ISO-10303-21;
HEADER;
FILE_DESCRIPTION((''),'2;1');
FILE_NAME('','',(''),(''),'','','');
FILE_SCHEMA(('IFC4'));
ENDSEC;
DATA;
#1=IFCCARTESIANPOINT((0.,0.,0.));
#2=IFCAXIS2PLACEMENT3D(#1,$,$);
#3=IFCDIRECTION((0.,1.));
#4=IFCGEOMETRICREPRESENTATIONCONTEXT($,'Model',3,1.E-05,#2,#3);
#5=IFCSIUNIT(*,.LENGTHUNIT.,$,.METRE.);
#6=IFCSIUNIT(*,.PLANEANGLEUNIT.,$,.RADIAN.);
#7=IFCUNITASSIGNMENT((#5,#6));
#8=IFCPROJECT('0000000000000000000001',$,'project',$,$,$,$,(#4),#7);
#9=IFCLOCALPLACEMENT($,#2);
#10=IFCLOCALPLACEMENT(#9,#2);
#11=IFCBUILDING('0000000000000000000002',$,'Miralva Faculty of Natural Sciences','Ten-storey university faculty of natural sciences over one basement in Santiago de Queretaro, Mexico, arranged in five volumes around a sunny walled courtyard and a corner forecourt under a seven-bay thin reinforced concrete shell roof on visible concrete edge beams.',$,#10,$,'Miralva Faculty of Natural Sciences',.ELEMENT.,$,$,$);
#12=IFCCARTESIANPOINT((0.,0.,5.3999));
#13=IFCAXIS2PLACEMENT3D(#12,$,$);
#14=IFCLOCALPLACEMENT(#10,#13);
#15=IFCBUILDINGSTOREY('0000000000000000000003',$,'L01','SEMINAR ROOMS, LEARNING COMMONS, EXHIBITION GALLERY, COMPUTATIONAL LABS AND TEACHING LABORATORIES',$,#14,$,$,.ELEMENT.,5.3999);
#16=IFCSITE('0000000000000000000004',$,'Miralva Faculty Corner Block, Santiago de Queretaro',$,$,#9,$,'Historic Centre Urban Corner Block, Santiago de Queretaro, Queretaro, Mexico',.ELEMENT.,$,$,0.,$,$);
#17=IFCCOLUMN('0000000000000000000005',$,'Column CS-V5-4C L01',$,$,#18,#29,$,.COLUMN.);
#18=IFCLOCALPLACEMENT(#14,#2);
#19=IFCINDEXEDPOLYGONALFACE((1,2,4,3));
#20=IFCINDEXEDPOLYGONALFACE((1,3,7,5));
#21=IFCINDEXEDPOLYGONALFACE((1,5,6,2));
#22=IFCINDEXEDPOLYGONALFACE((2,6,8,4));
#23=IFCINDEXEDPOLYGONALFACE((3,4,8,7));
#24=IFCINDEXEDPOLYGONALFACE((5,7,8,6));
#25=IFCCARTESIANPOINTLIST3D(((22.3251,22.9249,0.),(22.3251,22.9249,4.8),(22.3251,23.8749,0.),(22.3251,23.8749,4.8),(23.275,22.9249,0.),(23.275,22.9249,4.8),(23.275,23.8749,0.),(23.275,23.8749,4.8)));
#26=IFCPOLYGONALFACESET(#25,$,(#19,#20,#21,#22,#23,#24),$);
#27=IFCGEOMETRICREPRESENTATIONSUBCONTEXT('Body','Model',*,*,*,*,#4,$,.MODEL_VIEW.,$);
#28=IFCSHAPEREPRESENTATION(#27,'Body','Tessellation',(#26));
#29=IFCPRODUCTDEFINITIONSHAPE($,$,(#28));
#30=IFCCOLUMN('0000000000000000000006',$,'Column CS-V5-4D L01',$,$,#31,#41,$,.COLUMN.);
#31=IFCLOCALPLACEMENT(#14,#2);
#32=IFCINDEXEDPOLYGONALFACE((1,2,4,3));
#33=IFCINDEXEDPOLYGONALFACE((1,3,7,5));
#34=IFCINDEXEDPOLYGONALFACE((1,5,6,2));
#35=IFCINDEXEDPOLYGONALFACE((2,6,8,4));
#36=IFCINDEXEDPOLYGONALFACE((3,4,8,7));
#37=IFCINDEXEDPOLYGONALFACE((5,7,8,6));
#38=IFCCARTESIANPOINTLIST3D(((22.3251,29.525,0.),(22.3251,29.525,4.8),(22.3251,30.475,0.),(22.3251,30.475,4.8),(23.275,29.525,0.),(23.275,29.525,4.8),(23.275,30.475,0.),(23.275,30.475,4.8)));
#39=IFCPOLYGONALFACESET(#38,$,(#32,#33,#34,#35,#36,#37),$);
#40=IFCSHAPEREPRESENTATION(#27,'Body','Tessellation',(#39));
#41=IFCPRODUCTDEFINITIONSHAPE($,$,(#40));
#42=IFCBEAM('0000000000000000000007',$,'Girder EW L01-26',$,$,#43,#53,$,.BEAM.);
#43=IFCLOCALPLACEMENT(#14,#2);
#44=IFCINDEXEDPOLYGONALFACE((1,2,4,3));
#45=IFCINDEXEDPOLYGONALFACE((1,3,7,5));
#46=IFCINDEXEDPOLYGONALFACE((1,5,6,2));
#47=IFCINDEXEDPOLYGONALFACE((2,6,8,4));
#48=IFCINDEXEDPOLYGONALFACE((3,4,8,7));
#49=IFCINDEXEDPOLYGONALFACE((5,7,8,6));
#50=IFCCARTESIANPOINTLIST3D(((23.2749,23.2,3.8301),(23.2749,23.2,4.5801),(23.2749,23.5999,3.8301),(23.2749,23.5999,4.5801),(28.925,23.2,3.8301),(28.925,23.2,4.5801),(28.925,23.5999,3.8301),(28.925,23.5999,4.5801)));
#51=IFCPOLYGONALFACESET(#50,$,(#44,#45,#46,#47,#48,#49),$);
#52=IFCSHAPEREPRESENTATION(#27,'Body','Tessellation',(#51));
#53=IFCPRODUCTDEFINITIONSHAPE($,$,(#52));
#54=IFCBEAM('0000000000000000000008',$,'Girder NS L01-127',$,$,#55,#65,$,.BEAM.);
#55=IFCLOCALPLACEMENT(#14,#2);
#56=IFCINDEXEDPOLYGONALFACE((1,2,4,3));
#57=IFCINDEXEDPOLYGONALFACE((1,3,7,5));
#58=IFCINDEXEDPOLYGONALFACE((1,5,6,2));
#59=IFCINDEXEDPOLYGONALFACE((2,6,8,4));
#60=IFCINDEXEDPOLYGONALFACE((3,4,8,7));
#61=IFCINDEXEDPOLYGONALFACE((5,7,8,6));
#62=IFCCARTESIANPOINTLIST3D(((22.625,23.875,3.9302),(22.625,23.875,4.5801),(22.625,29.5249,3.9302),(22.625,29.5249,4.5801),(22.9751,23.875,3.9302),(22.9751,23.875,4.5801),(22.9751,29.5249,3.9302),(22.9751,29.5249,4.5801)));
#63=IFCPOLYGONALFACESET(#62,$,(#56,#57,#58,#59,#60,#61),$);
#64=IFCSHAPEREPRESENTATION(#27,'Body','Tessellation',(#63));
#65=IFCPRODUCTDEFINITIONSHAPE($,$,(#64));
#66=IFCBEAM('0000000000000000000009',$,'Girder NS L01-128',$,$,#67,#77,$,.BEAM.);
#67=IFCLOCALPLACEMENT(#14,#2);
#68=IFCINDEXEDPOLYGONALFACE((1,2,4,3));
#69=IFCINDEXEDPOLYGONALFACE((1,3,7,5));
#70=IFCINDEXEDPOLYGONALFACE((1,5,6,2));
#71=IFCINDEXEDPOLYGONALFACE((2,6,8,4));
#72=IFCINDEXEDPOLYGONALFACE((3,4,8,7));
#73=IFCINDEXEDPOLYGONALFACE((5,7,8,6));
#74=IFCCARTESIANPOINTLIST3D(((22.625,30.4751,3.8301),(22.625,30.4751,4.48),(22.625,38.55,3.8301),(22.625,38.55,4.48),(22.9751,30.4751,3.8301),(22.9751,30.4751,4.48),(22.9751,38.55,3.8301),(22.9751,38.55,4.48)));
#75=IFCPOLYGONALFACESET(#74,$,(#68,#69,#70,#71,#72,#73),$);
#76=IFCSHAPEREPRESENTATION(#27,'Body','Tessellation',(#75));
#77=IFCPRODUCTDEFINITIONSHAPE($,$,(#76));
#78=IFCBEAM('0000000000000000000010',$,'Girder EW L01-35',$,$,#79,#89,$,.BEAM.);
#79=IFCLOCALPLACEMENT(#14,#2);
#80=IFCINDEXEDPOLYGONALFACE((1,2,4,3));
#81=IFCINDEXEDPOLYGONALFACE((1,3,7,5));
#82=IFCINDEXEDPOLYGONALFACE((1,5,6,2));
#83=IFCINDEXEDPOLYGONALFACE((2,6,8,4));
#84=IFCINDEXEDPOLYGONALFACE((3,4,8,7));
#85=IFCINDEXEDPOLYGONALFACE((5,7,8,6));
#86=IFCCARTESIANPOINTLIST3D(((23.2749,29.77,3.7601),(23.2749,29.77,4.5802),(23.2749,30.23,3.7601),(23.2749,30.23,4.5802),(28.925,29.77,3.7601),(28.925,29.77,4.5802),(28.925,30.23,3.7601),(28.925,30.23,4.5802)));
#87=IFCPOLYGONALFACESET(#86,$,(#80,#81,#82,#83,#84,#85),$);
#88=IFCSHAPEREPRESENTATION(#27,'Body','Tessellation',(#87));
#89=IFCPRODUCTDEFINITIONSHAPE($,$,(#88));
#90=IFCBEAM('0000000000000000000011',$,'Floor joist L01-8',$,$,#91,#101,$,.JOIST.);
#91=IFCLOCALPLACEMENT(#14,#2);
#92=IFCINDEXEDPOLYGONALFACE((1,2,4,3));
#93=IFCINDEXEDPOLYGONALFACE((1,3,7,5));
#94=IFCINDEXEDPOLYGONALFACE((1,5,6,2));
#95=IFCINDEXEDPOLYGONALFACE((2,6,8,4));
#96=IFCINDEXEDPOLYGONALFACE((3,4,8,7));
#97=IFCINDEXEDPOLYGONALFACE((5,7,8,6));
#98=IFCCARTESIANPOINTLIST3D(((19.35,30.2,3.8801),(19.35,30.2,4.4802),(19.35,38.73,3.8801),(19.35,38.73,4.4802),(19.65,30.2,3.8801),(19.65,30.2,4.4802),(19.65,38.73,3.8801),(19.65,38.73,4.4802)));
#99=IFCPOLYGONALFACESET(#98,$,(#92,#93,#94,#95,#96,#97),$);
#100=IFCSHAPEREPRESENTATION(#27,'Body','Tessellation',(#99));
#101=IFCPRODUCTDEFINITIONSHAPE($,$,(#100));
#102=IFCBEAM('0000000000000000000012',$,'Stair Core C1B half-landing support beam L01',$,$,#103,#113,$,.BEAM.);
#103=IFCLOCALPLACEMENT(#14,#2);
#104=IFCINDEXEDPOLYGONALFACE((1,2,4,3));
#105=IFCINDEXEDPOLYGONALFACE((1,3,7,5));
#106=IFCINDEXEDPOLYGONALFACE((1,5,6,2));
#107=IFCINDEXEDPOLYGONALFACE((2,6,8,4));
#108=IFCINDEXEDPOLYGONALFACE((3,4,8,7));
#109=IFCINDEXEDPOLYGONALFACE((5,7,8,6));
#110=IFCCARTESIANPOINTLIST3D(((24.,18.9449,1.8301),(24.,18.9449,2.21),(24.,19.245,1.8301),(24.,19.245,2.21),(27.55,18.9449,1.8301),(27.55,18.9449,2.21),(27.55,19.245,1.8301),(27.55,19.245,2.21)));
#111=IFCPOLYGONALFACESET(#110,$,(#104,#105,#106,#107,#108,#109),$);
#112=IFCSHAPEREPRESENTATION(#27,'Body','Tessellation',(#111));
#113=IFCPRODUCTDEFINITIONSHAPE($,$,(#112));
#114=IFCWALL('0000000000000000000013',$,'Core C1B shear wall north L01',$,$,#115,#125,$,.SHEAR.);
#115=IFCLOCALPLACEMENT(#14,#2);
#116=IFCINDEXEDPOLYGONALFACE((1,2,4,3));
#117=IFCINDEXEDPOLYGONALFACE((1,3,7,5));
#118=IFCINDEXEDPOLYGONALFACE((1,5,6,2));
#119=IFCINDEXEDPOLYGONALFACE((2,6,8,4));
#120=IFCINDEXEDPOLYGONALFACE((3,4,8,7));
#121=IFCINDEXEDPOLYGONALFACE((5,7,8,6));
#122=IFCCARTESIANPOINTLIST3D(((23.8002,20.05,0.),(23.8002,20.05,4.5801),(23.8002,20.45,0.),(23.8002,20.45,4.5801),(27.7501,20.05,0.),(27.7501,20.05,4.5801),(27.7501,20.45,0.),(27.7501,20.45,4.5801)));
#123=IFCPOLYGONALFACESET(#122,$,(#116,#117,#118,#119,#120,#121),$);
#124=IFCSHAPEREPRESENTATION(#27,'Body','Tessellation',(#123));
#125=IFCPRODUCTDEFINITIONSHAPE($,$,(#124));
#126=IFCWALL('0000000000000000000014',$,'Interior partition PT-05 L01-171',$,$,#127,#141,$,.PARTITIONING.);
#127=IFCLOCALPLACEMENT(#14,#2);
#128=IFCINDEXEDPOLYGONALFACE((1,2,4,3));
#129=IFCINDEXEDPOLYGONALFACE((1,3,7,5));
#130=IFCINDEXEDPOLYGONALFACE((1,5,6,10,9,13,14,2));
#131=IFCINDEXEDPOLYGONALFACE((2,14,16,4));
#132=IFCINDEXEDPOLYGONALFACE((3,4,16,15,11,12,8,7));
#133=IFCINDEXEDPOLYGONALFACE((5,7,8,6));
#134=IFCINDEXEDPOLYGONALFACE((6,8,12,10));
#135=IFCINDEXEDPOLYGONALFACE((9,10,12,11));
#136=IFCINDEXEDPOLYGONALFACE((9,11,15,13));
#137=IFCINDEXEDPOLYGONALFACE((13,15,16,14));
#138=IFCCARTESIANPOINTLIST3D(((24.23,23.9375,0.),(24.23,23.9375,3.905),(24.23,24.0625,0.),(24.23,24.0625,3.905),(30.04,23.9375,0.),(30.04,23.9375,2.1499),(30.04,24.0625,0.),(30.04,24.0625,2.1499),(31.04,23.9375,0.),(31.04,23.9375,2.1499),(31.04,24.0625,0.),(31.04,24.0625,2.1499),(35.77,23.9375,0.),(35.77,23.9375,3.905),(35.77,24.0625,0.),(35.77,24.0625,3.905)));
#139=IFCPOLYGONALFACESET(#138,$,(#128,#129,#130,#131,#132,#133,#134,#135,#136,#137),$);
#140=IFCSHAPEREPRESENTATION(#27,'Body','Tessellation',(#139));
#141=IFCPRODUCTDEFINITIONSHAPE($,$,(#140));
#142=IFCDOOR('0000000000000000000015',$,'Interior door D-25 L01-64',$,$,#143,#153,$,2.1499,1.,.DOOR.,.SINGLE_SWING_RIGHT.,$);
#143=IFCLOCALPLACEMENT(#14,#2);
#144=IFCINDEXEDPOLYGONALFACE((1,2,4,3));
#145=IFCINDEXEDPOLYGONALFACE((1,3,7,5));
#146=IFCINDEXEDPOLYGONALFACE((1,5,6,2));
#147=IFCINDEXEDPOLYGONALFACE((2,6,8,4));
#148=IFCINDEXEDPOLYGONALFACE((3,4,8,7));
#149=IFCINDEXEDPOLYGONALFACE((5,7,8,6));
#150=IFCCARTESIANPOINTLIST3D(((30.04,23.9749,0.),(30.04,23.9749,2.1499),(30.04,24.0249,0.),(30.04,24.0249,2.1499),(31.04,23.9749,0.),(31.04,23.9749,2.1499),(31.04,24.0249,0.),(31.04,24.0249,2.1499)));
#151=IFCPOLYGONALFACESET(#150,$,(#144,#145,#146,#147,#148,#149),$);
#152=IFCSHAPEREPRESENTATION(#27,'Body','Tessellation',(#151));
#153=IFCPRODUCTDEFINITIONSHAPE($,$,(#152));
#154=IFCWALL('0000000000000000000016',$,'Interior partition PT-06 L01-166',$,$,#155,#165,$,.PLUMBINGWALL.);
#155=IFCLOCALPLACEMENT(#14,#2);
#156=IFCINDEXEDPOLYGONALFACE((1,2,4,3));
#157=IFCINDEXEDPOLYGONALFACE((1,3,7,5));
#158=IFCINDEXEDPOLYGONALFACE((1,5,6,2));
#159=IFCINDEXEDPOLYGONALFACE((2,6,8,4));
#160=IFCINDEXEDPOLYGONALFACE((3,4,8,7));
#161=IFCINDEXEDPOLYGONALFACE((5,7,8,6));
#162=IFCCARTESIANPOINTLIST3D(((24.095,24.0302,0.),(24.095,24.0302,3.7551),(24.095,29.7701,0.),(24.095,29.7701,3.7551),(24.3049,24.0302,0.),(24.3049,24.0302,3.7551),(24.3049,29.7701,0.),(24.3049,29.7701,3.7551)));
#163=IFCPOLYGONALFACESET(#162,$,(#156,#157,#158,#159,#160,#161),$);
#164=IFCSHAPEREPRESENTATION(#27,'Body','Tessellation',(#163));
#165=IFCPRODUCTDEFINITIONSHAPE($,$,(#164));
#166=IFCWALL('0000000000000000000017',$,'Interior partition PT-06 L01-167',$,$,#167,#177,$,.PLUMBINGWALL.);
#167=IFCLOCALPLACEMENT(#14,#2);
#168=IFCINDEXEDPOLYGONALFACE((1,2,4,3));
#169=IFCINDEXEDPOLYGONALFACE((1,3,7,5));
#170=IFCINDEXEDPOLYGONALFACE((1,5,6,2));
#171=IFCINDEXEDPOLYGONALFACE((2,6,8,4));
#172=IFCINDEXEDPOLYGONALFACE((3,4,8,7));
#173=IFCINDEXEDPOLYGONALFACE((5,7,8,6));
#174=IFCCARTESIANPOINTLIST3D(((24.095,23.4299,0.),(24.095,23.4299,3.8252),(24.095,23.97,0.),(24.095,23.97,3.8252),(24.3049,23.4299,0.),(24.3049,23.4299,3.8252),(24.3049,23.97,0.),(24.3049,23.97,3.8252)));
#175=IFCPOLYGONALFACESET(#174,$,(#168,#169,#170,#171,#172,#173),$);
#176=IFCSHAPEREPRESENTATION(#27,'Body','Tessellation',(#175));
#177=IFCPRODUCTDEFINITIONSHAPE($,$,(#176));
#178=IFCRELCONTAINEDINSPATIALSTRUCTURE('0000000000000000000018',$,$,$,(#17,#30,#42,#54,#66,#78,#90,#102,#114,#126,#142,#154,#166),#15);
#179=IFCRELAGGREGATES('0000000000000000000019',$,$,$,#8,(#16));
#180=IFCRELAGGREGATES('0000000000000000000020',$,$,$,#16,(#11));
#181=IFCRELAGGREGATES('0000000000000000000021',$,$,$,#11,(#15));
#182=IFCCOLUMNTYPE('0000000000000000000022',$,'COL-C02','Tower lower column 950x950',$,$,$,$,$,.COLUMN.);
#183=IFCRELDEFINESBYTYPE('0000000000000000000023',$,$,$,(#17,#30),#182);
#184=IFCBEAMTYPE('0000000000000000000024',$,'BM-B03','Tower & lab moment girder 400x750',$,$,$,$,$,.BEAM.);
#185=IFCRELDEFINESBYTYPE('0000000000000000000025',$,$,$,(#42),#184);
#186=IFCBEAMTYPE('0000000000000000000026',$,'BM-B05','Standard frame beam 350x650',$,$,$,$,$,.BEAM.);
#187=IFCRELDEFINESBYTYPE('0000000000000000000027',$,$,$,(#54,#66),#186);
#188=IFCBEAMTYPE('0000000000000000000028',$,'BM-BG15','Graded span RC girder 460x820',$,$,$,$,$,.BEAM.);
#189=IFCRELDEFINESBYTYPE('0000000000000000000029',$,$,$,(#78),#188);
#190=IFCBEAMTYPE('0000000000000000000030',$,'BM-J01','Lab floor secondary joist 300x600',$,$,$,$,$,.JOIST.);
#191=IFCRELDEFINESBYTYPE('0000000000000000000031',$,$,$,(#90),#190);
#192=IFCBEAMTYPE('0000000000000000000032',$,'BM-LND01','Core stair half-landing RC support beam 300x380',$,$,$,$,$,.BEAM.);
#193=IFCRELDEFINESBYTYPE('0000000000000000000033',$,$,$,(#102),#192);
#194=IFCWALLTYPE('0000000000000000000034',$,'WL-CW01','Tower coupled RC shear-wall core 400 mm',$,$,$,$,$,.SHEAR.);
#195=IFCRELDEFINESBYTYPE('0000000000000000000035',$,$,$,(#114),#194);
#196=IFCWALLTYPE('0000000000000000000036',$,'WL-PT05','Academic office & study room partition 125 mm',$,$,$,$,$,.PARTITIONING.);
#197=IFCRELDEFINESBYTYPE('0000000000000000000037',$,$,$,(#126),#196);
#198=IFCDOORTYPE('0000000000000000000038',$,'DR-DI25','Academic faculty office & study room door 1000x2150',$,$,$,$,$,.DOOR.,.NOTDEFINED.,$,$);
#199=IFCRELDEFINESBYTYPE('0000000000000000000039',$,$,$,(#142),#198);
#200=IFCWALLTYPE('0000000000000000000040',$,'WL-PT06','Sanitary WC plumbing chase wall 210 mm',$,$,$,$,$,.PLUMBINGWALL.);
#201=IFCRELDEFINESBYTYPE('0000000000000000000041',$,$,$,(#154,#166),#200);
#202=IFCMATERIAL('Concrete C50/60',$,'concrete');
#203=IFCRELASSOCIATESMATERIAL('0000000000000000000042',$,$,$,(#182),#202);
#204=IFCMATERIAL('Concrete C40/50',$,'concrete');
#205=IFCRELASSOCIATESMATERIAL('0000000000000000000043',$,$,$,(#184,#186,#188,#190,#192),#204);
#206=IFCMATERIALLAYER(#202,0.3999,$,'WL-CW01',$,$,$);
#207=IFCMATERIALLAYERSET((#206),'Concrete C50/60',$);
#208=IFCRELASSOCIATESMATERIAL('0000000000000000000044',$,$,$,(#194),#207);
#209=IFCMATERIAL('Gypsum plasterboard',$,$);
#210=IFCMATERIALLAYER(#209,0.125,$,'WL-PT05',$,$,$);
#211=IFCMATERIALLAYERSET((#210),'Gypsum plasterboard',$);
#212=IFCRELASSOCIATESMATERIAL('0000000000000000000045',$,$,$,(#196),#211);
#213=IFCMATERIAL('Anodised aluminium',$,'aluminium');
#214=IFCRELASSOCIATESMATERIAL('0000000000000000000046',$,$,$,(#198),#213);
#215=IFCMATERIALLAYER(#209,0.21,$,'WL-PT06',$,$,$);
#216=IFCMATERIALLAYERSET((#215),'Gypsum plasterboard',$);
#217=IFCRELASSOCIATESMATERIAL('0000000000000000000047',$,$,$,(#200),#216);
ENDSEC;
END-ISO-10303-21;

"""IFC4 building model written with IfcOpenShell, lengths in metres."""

from ifc_helpers import new_model, si_unit, direction, frame, frame_2d, origin, origin_2d, place, context, subcontext, project, spatial, rectangle, extrude, material, layer, layer_set, material_profile, profile_set, type_object, element, fill, save


model = new_model("IFC4")

# Units and contexts
model_context = context("Model", 3, precision=1e-05, world=origin(), true_north=direction((0.0, 1.0)))
body_context = subcontext(model_context, "Body", "Model", "MODEL_VIEW")
ifc_project = project(units=[si_unit("LENGTHUNIT", "METRE"), si_unit("PLANEANGLEUNIT", "RADIAN")], contexts=[model_context])

# Site, building, storey
site_placement = place(None, origin())
site = spatial("IfcSite", under=ifc_project, at=site_placement, Name="Miralva Faculty Corner Block, Santiago de Queretaro", LongName="Historic Centre Urban Corner Block, Santiago de Queretaro, Queretaro, Mexico", CompositionType="ELEMENT", RefElevation=0.0)
building_placement = place(site_placement, origin())
building = spatial("IfcBuilding", under=site, at=building_placement, Name="Miralva Faculty of Natural Sciences", Description="Ten-storey university faculty of natural sciences over one basement in Santiago de Queretaro, Mexico, arranged in five volumes around a sunny walled courtyard and a corner forecourt under a seven-bay thin reinforced concrete shell roof on visible concrete edge beams.", LongName="Miralva Faculty of Natural Sciences", CompositionType="ELEMENT")
storey_placement = place(building_placement, frame((0.0, 0.0, 5.3999)))
storey = spatial("IfcBuildingStorey", under=building, at=storey_placement, Name="L01", Description="SEMINAR ROOMS, LEARNING COMMONS, EXHIBITION GALLERY, COMPUTATIONAL LABS AND TEACHING LABORATORIES", CompositionType="ELEMENT", Elevation=5.3999)

# Columns
ifc_material_1 = material(Name="Concrete C50/60", Category="concrete")
ifc_material_profile_1 = material_profile(ifc_material_1, rectangle(XDim=0.95, YDim=0.95, at=origin_2d()), Name="RC 950x950")
ifc_profile_set_1 = profile_set([ifc_material_profile_1], Name="Concrete C50/60")
column_type = type_object("IfcColumnType", Name="COL-C02", Description="Tower lower column 950x950", PredefinedType="COLUMN", material=ifc_profile_set_1)
for number, where, z_axis, x_axis, name in (
    (1, (22.8, 23.3999, 0.0), (0.0, 0.0, 1.0), (1.0, 0.0, 0.0), "Column CS-V5-4C L01"),
    (2, (22.8, 30.0, 0.0), (0.0, 0.0, 1.0), (1.0, 0.0, 0.0), "Column CS-V5-4D L01"),
):
    element("IfcColumn", number, at=place(storey_placement, frame(where, z_axis=z_axis, x_axis=x_axis)), inside=storey, type_object=column_type, Name=name, PredefinedType="COLUMN", context=body_context, shape_type="SweptSolid", body=[
        extrude(rectangle(XDim=0.95, YDim=0.95, at=origin_2d()), origin(), (0.0, 0.0, 1.0), 4.8),
    ])

# Beams
ifc_material_2 = material(Name="Concrete C40/50", Category="concrete")
ifc_material_profile_2 = material_profile(ifc_material_2, rectangle(XDim=0.3999, YDim=0.75, at=origin_2d()), Name="RC 400x750")
ifc_profile_set_2 = profile_set([ifc_material_profile_2], Name="Concrete C40/50")
beam_type_1 = type_object("IfcBeamType", Name="BM-B03", Description="Tower & lab moment girder 400x750", PredefinedType="BEAM", material=ifc_profile_set_2)
beam_1_placement = place(storey_placement, frame((23.2749, 23.3999, 4.2051), z_axis=(1.0, 0.0, 0.0), x_axis=(0.0, 1.0, 0.0)))
element("IfcBeam", 3, at=beam_1_placement, inside=storey, type_object=beam_type_1, Name="Girder EW L01-26", PredefinedType="BEAM", context=body_context, shape_type="SweptSolid", body=[
    extrude(rectangle(XDim=0.3999, YDim=0.75, at=origin_2d()), origin(), (0.0, 0.0, 1.0), 5.6501),
])
ifc_material_profile_3 = material_profile(ifc_material_2, rectangle(XDim=0.3501, YDim=0.6499, at=origin_2d()), Name="RC 350x650")
ifc_profile_set_3 = profile_set([ifc_material_profile_3], Name="Concrete C40/50")
beam_type_2 = type_object("IfcBeamType", Name="BM-B05", Description="Standard frame beam 350x650", PredefinedType="BEAM", material=ifc_profile_set_3)
beam_2_placement = place(storey_placement, frame((22.8, 23.875, 4.2551), z_axis=(0.0, 1.0, 0.0), x_axis=(-1.0, 0.0, 0.0)))
element("IfcBeam", 4, at=beam_2_placement, inside=storey, type_object=beam_type_2, Name="Girder NS L01-127", PredefinedType="BEAM", context=body_context, shape_type="SweptSolid", body=[
    extrude(rectangle(XDim=0.3501, YDim=0.6499, at=origin_2d()), origin(), (0.0, 0.0, 1.0), 5.6499),
])
beam_3_placement = place(storey_placement, frame((22.8, 30.4751, 4.155), z_axis=(0.0, 1.0, 0.0), x_axis=(-1.0, 0.0, 0.0)))
element("IfcBeam", 5, at=beam_3_placement, inside=storey, type_object=beam_type_2, Name="Girder NS L01-128", PredefinedType="BEAM", context=body_context, shape_type="SweptSolid", body=[
    extrude(rectangle(XDim=0.3501, YDim=0.6499, at=origin_2d()), origin(), (0.0, 0.0, 1.0), 8.075),
])
ifc_material_profile_4 = material_profile(ifc_material_2, rectangle(XDim=0.46, YDim=0.8201, at=origin_2d()), Name="RC 460x820")
ifc_profile_set_4 = profile_set([ifc_material_profile_4], Name="Concrete C40/50")
beam_type_3 = type_object("IfcBeamType", Name="BM-BG15", Description="Graded span RC girder 460x820", PredefinedType="BEAM", material=ifc_profile_set_4)
beam_4_placement = place(storey_placement, frame((23.2749, 30.0, 4.1702), z_axis=(1.0, 0.0, 0.0), x_axis=(0.0, 1.0, 0.0)))
element("IfcBeam", 6, at=beam_4_placement, inside=storey, type_object=beam_type_3, Name="Girder EW L01-35", PredefinedType="BEAM", context=body_context, shape_type="SweptSolid", body=[
    extrude(rectangle(XDim=0.46, YDim=0.8201, at=origin_2d()), origin(), (0.0, 0.0, 1.0), 5.6501),
])
ifc_material_profile_5 = material_profile(ifc_material_2, rectangle(XDim=0.3, YDim=0.6001, at=origin_2d()), Name="RC 300x600")
ifc_profile_set_5 = profile_set([ifc_material_profile_5], Name="Concrete C40/50")
beam_type_4 = type_object("IfcBeamType", Name="BM-J01", Description="Lab floor secondary joist 300x600", PredefinedType="JOIST", material=ifc_profile_set_5)
beam_5_placement = place(storey_placement, frame((19.5, 30.2, 4.1802), z_axis=(0.0, 1.0, 0.0), x_axis=(-1.0, 0.0, 0.0)))
element("IfcBeam", 7, at=beam_5_placement, inside=storey, type_object=beam_type_4, Name="Floor joist L01-8", PredefinedType="JOIST", context=body_context, shape_type="SweptSolid", body=[
    extrude(rectangle(XDim=0.3, YDim=0.6001, at=origin_2d()), origin(), (0.0, 0.0, 1.0), 8.53),
])
ifc_material_profile_6 = material_profile(ifc_material_2, rectangle(XDim=0.3, YDim=0.3799, at=origin_2d()), Name="RC 300x380")
ifc_profile_set_6 = profile_set([ifc_material_profile_6], Name="Concrete C40/50")
beam_type_5 = type_object("IfcBeamType", Name="BM-LND01", Description="Core stair half-landing RC support beam 300x380", PredefinedType="BEAM", material=ifc_profile_set_6)
beam_6_placement = place(storey_placement, frame((24.0, 19.095, 2.02), z_axis=(1.0, 0.0, 0.0), x_axis=(0.0, 1.0, 0.0)))
element("IfcBeam", 8, at=beam_6_placement, inside=storey, type_object=beam_type_5, Name="Stair Core C1B half-landing support beam L01", PredefinedType="BEAM", context=body_context, shape_type="SweptSolid", body=[
    extrude(rectangle(XDim=0.3, YDim=0.3799, at=origin_2d()), origin(), (0.0, 0.0, 1.0), 3.55),
])

# Wall
ifc_layer_1 = layer(ifc_material_1, 0.3999, Name="WL-CW01")
ifc_layer_set_1 = layer_set([ifc_layer_1], Name="Concrete C50/60")
wall_type_1 = type_object("IfcWallType", Name="WL-CW01", Description="Tower coupled RC shear-wall core 400 mm", PredefinedType="SHEAR", material=ifc_layer_set_1)
wall_1_placement = place(storey_placement, frame((23.8, 20.25, 0.0), z_axis=(0.0, 0.0, 1.0), x_axis=(1.0, 0.0, 0.0)))
element("IfcWall", 9, at=wall_1_placement, inside=storey, type_object=wall_type_1, Name="Core C1B shear wall north L01", PredefinedType="SHEAR", context=body_context, shape_type="SweptSolid", body=[
    extrude(rectangle(XDim=3.95, YDim=0.3999, at=frame_2d((1.9751, 0.0))), origin(), (0.0, 0.0, 1.0), 4.5801),
])

# Wall, opening, door
ifc_material_3 = material(Name="Gypsum plasterboard")
ifc_layer_2 = layer(ifc_material_3, 0.125, Name="WL-PT05")
ifc_layer_set_2 = layer_set([ifc_layer_2], Name="Gypsum plasterboard")
wall_type_2 = type_object("IfcWallType", Name="WL-PT05", Description="Academic office & study room partition 125 mm", PredefinedType="PARTITIONING", material=ifc_layer_set_2)
wall_2_placement = place(storey_placement, frame((24.23, 24.0, 0.0), z_axis=(0.0, 0.0, 1.0), x_axis=(1.0, 0.0, 0.0)))
wall_2 = element("IfcWall", 10, at=wall_2_placement, inside=storey, type_object=wall_type_2, Name="Interior partition PT-05 L01-171", PredefinedType="PARTITIONING", context=body_context, shape_type="SweptSolid", body=[
    extrude(rectangle(XDim=11.54, YDim=0.125, at=frame_2d((5.77, 0.0))), origin(), (0.0, 0.0, 1.0), 3.905),
])
opening_1_placement = place(wall_2_placement, frame((5.8101, 0.0, 0.0)))
opening_1 = element("IfcOpeningElement", 11, at=opening_1_placement, cuts=wall_2, PredefinedType="OPENING", context=body_context, shape_type="SweptSolid", body=[
    extrude(rectangle(XDim=1.0, YDim=2.1499, at=frame_2d((0.5, 1.075))), frame((0.0, 0.0725, 0.0), z_axis=(0.0, -1.0, 0.0), x_axis=(1.0, 0.0, 0.0)), (0.0, 0.0, 1.0), 0.145),
])
ifc_material_4 = material(Name="Anodised aluminium", Category="aluminium")
door_type_1 = type_object("IfcDoorType", Name="DR-DI25", Description="Academic faculty office & study room door 1000x2150", OperationType="NOTDEFINED", PredefinedType="DOOR", material=ifc_material_4)
door_1_placement = place(opening_1_placement, origin())
door_1 = element("IfcDoor", 12, at=door_1_placement, inside=storey, type_object=door_type_1, Name="Interior door D-25 L01-64", OperationType="SINGLE_SWING_RIGHT", OverallHeight=2.1499, OverallWidth=1.0, PredefinedType="DOOR", context=body_context, shape_type="SweptSolid", body=[
    extrude(rectangle(XDim=1.0, YDim=2.1499, at=frame_2d((0.5, 1.075))), frame((0.0, 0.0249, 0.0), z_axis=(0.0, -1.0, 0.0), x_axis=(1.0, 0.0, 0.0)), (0.0, 0.0, 1.0), 0.05),
])
fill(opening_1, door_1)

# Walls
ifc_layer_3 = layer(ifc_material_3, 0.21, Name="WL-PT06")
ifc_layer_set_3 = layer_set([ifc_layer_3], Name="Gypsum plasterboard")
wall_type_3 = type_object("IfcWallType", Name="WL-PT06", Description="Sanitary WC plumbing chase wall 210 mm", PredefinedType="PLUMBINGWALL", material=ifc_layer_set_3)
wall_3_placement = place(storey_placement, frame((24.2, 24.03, 0.0), z_axis=(0.0, 0.0, 1.0), x_axis=(0.0, 1.0, 0.0)))
element("IfcWall", 13, at=wall_3_placement, inside=storey, type_object=wall_type_3, Name="Interior partition PT-06 L01-166", PredefinedType="PLUMBINGWALL", context=body_context, shape_type="SweptSolid", body=[
    extrude(rectangle(XDim=5.74, YDim=0.21, at=frame_2d((2.8701, 0.0))), origin(), (0.0, 0.0, 1.0), 3.7551),
])
wall_4_placement = place(storey_placement, frame((24.2, 23.4299, 0.0), z_axis=(0.0, 0.0, 1.0), x_axis=(0.0, 1.0, 0.0)))
element("IfcWall", 14, at=wall_4_placement, inside=storey, type_object=wall_type_3, Name="Interior partition PT-06 L01-167", PredefinedType="PLUMBINGWALL", context=body_context, shape_type="SweptSolid", body=[
    extrude(rectangle(XDim=0.54, YDim=0.21, at=frame_2d((0.27, 0.0))), origin(), (0.0, 0.0, 1.0), 3.8252),
])

save(model, "model.ifc")
